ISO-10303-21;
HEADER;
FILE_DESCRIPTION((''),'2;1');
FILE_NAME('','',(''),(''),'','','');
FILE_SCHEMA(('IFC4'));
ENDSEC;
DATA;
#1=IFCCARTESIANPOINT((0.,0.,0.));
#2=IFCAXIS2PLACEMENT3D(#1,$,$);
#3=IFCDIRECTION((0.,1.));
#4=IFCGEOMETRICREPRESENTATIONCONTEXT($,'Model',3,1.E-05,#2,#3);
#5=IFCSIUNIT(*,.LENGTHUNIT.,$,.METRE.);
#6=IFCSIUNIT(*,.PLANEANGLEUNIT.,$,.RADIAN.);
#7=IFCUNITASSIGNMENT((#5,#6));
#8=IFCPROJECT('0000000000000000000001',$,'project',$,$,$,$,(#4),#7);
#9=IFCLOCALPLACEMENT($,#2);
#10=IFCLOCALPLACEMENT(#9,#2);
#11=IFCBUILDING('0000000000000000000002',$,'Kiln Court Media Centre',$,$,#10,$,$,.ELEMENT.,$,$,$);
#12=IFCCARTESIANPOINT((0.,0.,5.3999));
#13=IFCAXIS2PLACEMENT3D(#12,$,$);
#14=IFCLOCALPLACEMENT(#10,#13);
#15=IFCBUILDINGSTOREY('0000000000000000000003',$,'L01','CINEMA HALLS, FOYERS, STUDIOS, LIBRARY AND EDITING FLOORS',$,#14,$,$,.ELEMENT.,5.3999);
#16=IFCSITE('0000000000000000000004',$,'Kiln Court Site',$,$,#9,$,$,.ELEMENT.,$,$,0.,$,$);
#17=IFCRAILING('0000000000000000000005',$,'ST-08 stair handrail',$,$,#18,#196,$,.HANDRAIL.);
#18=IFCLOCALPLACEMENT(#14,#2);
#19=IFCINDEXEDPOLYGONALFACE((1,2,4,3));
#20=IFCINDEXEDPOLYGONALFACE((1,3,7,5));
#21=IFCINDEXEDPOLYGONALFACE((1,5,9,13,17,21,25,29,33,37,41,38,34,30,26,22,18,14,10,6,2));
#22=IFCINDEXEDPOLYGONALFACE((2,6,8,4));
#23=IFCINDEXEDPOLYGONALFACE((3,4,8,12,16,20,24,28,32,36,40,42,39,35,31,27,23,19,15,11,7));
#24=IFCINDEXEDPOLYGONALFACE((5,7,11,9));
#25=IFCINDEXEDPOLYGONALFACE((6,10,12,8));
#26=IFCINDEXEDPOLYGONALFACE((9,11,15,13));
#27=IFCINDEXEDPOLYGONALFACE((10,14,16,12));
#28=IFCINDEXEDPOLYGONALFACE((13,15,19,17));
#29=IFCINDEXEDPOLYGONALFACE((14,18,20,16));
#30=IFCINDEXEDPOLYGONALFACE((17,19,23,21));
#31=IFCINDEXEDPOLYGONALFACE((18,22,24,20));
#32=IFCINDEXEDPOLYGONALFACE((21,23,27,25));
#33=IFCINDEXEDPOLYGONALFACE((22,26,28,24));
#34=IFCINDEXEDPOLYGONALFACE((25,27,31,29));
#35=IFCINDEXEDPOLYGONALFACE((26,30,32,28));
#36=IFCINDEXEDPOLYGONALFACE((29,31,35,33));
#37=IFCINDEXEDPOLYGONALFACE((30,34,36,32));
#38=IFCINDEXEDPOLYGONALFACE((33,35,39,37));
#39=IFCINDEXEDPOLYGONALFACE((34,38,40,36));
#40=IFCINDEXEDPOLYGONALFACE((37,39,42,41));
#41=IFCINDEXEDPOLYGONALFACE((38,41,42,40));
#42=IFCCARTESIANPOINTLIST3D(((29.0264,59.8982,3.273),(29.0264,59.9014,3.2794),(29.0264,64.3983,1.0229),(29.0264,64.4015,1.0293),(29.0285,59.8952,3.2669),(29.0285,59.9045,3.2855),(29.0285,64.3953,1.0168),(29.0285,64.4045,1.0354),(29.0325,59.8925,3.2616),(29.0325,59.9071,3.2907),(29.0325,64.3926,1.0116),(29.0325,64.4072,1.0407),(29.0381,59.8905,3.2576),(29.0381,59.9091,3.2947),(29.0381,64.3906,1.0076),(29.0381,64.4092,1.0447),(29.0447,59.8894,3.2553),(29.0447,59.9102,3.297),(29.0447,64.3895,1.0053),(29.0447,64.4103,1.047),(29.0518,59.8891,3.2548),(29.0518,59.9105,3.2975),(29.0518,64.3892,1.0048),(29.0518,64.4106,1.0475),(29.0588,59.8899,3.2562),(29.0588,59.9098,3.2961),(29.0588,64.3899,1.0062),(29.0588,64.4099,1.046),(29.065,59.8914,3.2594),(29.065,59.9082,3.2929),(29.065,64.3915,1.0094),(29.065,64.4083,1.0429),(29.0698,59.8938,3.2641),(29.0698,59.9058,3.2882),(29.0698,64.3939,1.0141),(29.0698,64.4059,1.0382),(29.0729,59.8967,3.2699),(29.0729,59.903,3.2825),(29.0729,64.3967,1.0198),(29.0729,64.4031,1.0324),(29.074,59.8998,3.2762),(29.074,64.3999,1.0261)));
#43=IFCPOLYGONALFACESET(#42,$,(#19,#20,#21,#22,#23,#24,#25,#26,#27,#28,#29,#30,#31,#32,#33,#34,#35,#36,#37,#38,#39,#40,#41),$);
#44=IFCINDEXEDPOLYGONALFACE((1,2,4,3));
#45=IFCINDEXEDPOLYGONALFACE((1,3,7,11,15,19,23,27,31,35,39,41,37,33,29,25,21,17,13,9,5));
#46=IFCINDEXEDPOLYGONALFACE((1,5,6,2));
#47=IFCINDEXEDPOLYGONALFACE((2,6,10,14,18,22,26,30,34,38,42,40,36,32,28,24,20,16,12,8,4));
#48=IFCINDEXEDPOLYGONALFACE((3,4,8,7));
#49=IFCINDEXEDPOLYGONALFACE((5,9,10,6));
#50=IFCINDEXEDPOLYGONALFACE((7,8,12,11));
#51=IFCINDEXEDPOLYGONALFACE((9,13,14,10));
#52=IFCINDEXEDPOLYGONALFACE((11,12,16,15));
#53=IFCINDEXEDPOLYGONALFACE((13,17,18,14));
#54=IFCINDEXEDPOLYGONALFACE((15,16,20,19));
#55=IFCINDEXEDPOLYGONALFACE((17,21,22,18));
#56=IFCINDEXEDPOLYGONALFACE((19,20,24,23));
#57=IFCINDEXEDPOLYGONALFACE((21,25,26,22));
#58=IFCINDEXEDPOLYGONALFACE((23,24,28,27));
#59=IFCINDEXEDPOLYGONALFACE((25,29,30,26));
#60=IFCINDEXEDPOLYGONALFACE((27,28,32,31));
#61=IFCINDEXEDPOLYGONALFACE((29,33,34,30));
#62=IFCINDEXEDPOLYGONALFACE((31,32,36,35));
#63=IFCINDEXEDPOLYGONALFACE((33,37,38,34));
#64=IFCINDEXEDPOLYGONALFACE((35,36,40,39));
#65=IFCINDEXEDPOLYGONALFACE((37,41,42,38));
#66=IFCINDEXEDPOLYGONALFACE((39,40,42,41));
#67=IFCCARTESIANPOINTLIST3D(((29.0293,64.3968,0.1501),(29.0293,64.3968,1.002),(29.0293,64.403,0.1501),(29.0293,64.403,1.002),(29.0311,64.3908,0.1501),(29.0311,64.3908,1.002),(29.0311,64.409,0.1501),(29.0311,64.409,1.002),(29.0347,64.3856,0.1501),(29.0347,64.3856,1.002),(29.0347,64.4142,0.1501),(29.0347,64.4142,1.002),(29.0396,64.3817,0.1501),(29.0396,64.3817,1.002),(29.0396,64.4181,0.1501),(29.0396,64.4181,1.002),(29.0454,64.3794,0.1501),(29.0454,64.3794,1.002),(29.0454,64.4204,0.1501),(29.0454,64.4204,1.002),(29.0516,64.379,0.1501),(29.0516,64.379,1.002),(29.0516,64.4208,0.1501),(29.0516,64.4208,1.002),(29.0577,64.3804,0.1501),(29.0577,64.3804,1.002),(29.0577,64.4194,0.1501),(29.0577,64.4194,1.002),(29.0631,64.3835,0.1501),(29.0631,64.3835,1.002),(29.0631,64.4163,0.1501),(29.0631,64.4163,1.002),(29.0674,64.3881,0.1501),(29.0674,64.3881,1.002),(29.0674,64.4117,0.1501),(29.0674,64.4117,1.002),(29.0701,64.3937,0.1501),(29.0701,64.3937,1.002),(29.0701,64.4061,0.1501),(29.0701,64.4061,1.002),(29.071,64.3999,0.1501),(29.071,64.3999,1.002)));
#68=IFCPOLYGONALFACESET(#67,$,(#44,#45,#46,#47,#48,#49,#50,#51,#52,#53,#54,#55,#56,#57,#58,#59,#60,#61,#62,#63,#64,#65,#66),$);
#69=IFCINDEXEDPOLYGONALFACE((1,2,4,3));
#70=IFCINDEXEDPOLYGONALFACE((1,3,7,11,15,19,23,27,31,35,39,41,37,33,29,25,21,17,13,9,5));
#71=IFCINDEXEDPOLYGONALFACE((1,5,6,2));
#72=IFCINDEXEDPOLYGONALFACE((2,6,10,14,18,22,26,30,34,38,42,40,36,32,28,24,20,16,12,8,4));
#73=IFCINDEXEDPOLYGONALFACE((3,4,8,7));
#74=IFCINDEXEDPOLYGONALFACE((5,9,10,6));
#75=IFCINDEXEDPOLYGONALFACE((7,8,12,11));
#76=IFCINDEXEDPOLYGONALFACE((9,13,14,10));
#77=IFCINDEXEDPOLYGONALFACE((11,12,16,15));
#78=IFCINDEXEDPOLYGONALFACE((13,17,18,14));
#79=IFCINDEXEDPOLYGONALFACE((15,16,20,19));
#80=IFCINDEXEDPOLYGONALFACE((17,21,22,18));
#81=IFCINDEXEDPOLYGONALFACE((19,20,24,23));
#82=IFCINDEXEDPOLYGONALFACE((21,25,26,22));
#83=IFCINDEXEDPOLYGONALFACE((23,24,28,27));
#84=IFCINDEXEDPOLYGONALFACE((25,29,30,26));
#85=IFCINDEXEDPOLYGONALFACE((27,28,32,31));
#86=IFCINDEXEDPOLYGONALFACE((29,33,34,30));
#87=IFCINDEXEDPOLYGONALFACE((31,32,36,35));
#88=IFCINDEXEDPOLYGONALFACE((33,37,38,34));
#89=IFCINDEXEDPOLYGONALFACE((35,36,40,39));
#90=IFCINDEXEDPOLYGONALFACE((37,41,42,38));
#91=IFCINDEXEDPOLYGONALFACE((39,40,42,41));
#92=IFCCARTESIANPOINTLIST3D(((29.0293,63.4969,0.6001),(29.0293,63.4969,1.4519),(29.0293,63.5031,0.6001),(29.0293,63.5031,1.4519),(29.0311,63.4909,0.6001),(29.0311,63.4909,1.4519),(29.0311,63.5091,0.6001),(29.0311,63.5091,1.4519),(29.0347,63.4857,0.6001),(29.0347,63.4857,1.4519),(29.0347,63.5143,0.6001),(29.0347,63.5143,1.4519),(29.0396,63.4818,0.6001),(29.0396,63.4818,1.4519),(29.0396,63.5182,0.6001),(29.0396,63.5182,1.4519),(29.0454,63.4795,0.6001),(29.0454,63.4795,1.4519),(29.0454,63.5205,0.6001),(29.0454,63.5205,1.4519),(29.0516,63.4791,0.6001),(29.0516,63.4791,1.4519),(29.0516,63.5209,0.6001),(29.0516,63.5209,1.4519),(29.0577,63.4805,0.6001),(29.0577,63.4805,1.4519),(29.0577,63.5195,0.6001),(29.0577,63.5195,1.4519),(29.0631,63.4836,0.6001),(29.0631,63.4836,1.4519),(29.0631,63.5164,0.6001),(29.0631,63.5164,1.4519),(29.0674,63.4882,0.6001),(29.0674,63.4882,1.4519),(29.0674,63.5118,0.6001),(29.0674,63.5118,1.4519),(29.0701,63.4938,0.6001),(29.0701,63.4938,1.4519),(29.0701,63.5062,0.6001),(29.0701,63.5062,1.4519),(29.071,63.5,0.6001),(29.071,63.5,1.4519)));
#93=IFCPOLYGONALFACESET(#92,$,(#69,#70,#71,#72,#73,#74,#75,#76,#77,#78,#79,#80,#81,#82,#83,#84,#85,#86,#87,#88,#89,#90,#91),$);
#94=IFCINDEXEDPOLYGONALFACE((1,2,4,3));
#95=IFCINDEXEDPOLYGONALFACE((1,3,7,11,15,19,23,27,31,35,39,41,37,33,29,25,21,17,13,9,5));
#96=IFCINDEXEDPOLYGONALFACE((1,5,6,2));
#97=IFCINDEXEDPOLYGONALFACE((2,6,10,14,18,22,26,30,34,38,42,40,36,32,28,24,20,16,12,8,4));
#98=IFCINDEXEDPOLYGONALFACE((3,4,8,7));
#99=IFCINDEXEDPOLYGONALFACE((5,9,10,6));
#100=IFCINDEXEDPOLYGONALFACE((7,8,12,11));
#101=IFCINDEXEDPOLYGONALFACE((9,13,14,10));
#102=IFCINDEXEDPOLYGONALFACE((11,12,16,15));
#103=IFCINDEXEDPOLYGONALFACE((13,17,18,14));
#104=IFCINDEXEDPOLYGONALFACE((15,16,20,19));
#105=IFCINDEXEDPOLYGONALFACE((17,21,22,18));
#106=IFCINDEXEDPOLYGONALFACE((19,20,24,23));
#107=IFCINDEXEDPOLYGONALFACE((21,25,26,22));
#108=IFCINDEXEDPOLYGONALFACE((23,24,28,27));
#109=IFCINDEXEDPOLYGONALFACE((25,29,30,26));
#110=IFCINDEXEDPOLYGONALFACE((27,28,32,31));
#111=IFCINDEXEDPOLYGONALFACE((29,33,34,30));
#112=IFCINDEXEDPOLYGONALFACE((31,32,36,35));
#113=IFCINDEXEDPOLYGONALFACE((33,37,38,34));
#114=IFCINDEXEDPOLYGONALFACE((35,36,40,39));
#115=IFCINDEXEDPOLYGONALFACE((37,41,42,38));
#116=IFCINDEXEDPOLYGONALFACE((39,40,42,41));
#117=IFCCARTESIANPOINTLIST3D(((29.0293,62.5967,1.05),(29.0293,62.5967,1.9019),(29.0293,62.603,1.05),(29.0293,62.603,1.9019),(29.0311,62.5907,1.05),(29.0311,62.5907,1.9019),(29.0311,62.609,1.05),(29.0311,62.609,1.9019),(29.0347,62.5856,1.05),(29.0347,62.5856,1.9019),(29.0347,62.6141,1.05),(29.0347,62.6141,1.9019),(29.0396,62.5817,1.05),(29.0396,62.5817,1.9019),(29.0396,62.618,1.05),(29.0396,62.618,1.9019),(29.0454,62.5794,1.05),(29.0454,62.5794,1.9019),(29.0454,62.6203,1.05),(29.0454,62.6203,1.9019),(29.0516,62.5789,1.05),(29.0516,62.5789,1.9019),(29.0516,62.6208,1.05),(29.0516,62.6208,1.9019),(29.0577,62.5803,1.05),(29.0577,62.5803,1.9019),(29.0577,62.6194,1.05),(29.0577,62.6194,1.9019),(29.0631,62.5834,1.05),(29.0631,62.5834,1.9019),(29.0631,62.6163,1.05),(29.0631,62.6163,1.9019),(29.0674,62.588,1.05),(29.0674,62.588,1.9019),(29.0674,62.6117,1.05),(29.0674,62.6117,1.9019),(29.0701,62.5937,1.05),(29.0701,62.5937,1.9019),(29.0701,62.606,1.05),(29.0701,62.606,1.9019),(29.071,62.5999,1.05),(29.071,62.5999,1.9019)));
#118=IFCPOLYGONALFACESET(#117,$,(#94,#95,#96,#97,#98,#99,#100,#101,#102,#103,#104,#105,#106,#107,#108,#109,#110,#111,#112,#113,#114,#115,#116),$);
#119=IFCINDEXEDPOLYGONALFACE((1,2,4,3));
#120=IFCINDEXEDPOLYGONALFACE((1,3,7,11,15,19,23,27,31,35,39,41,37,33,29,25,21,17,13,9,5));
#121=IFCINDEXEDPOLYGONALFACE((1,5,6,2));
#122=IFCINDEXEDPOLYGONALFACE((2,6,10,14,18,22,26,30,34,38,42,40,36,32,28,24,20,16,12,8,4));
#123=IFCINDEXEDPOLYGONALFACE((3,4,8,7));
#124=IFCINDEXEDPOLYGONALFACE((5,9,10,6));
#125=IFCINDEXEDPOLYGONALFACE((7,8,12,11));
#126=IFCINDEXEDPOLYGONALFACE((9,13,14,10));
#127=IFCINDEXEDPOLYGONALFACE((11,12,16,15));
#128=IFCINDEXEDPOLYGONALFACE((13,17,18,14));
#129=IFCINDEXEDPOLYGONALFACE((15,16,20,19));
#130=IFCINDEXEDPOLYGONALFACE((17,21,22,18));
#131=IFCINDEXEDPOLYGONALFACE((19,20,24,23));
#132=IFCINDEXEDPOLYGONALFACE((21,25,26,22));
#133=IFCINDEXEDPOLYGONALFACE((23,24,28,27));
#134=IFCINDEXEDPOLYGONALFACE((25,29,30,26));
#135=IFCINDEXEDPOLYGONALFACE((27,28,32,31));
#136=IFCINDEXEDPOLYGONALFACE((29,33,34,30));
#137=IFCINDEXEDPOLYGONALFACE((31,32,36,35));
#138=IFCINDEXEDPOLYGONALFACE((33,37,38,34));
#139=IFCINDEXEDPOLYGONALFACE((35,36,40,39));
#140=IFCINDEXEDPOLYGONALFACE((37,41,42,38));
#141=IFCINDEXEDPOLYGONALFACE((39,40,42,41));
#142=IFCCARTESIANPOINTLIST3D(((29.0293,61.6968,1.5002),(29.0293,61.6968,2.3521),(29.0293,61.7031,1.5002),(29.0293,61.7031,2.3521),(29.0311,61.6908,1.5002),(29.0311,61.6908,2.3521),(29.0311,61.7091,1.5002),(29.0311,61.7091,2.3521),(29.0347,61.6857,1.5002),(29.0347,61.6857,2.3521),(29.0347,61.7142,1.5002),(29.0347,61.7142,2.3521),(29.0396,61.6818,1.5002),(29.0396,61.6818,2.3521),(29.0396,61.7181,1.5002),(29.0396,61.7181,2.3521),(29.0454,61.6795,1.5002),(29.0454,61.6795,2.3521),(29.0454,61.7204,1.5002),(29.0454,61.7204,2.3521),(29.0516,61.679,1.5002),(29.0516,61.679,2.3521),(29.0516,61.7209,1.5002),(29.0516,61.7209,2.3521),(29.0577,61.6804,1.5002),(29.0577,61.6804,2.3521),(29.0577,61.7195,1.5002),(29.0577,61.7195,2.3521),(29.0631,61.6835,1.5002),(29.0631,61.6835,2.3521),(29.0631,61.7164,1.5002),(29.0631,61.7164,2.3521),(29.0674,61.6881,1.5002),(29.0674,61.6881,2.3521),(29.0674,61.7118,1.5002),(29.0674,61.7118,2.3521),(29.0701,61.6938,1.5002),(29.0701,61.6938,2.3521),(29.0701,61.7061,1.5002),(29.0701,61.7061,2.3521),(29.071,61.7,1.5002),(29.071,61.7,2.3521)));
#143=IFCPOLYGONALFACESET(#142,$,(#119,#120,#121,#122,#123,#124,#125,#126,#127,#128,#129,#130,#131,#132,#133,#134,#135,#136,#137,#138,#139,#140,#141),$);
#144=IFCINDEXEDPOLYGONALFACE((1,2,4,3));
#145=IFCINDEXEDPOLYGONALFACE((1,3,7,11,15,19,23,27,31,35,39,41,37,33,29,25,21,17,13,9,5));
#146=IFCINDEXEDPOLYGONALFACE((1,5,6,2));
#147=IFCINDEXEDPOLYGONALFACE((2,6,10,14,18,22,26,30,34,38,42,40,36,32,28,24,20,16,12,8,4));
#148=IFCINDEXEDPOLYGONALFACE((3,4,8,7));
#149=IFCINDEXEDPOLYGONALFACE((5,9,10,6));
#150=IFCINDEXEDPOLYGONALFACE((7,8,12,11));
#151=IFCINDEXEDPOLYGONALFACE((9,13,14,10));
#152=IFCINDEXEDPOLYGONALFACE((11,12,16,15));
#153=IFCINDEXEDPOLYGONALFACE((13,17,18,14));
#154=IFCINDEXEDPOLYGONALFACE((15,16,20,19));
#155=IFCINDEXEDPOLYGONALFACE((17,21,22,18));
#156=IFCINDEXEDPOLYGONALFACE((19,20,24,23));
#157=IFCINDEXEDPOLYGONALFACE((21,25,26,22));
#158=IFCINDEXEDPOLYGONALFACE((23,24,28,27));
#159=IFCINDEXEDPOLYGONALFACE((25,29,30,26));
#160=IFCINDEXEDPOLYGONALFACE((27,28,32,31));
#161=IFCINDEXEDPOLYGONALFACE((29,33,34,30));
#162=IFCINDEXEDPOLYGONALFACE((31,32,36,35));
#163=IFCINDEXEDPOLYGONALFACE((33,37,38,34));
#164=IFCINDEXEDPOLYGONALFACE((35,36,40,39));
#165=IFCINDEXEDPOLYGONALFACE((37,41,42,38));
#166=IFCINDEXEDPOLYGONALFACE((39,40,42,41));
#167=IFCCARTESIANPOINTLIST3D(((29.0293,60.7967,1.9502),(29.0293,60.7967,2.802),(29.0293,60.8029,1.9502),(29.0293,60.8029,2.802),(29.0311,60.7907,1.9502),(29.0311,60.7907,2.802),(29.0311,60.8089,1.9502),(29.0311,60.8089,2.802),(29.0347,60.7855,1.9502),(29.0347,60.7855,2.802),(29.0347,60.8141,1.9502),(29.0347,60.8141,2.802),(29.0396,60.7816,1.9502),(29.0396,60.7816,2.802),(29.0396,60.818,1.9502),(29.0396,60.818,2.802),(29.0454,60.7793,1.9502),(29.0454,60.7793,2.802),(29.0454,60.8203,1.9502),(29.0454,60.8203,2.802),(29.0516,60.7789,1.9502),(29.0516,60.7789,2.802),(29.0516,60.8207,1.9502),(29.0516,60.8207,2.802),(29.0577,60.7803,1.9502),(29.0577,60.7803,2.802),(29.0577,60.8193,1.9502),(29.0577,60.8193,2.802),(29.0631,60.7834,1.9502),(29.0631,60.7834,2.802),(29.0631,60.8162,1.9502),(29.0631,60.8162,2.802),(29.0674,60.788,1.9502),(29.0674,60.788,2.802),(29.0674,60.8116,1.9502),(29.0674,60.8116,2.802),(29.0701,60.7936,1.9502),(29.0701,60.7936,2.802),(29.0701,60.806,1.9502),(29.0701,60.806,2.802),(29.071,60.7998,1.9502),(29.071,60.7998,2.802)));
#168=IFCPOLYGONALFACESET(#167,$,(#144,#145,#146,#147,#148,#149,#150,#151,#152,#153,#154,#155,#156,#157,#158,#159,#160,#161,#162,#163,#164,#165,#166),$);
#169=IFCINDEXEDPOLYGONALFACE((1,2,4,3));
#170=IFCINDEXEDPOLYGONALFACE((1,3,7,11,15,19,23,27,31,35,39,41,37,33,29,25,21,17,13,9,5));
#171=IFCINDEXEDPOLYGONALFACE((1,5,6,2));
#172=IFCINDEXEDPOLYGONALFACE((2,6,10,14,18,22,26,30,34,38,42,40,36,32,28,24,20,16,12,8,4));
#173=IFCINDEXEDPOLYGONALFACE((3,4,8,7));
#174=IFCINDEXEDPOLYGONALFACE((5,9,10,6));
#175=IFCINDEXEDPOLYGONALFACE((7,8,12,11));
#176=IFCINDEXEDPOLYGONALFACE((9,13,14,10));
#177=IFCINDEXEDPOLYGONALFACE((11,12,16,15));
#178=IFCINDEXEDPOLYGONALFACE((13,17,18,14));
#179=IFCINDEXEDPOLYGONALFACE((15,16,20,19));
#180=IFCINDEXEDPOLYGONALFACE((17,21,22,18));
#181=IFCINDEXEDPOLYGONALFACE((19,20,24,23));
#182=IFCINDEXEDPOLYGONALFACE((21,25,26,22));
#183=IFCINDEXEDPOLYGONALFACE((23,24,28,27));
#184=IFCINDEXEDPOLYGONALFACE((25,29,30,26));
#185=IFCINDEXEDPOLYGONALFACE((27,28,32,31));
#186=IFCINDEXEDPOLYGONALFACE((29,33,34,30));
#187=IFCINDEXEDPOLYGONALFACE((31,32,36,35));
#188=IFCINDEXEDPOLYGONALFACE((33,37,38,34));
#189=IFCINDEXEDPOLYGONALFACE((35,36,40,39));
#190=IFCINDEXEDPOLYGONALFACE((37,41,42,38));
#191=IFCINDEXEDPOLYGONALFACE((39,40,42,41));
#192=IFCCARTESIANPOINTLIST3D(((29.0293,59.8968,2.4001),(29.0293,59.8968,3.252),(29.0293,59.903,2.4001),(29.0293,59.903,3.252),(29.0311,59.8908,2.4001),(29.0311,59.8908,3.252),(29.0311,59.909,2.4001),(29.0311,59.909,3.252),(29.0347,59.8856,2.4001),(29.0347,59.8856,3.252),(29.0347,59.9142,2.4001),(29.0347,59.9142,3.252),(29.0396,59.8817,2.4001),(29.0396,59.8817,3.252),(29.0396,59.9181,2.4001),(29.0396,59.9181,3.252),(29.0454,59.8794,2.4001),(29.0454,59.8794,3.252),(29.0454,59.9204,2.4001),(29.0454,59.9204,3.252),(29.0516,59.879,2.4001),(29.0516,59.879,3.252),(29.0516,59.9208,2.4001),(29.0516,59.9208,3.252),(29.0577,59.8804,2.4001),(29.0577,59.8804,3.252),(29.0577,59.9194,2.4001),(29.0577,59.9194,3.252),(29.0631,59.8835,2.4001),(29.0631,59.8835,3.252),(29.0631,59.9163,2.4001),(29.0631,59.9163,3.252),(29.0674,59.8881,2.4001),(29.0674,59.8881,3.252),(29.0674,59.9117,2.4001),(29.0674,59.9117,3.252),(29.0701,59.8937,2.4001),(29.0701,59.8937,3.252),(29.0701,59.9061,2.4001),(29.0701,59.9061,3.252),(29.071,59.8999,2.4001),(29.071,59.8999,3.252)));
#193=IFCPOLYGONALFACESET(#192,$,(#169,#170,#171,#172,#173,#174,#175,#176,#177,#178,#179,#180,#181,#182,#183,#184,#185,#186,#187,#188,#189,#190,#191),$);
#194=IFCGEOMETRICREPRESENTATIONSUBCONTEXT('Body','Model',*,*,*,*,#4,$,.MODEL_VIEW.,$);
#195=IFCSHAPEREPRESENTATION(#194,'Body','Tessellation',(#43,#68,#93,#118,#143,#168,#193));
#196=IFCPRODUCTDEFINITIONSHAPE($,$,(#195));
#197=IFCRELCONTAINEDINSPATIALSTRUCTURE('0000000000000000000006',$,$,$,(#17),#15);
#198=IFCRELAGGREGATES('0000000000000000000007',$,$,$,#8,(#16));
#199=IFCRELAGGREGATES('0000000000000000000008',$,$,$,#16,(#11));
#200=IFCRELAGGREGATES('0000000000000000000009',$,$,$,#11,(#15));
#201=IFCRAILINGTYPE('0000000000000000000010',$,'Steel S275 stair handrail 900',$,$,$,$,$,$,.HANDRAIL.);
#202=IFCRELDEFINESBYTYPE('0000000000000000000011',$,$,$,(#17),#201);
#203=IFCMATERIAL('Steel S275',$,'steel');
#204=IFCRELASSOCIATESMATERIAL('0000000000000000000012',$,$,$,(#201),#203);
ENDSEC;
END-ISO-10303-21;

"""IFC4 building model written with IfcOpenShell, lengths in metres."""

from ifc_helpers import new_model, si_unit, direction, frame, origin, origin_2d, place, context, subcontext, project, spatial, circle, extrude, material, type_object, element, save


model = new_model("IFC4")

# Units and contexts
model_context = context("Model", 3, precision=1e-05, world=origin(), true_north=direction((0.0, 1.0)))
body_context = subcontext(model_context, "Body", "Model", "MODEL_VIEW")
ifc_project = project(units=[si_unit("LENGTHUNIT", "METRE"), si_unit("PLANEANGLEUNIT", "RADIAN")], contexts=[model_context])

# Site, building, storey
site_placement = place(None, origin())
site = spatial("IfcSite", under=ifc_project, at=site_placement, Name="Kiln Court Site", CompositionType="ELEMENT", RefElevation=0.0)
building_placement = place(site_placement, origin())
building = spatial("IfcBuilding", under=site, at=building_placement, Name="Kiln Court Media Centre", CompositionType="ELEMENT")
storey_placement = place(building_placement, frame((0.0, 0.0, 5.3999)))
storey = spatial("IfcBuildingStorey", under=building, at=storey_placement, Name="L01", Description="CINEMA HALLS, FOYERS, STUDIOS, LIBRARY AND EDITING FLOORS", CompositionType="ELEMENT", Elevation=5.3999)

# Railing
ifc_material_1 = material(Name="Steel S275", Category="steel")
railing_type_1 = type_object("IfcRailingType", Name="Steel S275 stair handrail 900", PredefinedType="HANDRAIL", material=ifc_material_1)
railing_1_placement = place(storey_placement, frame((29.05, 64.3999, 0.1501)))
element("IfcRailing", 1, at=railing_1_placement, inside=storey, type_object=railing_type_1, Name="ST-08 stair handrail", PredefinedType="HANDRAIL", context=body_context, shape_type="SweptSolid", body=[
    extrude(circle(Radius=0.0239, at=origin_2d()), frame((0.0, 0.0, 0.876), z_axis=(0.0, -0.894427, 0.447214), x_axis=(1.0, 0.0, 0.0)), (0.0, 0.0, 1.0), 5.0312),
    extrude(circle(Radius=0.021, at=origin_2d()), origin(), (0.0, 0.0, 1.0), 0.8518),
    extrude(circle(Radius=0.021, at=origin_2d()), frame((0.0, -0.8999, 0.45)), (0.0, 0.0, 1.0), 0.8518),
    extrude(circle(Radius=0.021, at=origin_2d()), frame((0.0, -1.8, 0.8999)), (0.0, 0.0, 1.0), 0.8518),
    extrude(circle(Radius=0.021, at=origin_2d()), frame((0.0, -2.7, 1.3501)), (0.0, 0.0, 1.0), 0.8518),
    extrude(circle(Radius=0.021, at=origin_2d()), frame((0.0, -3.6001, 1.8)), (0.0, 0.0, 1.0), 0.8518),
    extrude(circle(Radius=0.021, at=origin_2d()), frame((0.0, -4.5, 2.25)), (0.0, 0.0, 1.0), 0.8518),
])

save(model, "model.ifc")
